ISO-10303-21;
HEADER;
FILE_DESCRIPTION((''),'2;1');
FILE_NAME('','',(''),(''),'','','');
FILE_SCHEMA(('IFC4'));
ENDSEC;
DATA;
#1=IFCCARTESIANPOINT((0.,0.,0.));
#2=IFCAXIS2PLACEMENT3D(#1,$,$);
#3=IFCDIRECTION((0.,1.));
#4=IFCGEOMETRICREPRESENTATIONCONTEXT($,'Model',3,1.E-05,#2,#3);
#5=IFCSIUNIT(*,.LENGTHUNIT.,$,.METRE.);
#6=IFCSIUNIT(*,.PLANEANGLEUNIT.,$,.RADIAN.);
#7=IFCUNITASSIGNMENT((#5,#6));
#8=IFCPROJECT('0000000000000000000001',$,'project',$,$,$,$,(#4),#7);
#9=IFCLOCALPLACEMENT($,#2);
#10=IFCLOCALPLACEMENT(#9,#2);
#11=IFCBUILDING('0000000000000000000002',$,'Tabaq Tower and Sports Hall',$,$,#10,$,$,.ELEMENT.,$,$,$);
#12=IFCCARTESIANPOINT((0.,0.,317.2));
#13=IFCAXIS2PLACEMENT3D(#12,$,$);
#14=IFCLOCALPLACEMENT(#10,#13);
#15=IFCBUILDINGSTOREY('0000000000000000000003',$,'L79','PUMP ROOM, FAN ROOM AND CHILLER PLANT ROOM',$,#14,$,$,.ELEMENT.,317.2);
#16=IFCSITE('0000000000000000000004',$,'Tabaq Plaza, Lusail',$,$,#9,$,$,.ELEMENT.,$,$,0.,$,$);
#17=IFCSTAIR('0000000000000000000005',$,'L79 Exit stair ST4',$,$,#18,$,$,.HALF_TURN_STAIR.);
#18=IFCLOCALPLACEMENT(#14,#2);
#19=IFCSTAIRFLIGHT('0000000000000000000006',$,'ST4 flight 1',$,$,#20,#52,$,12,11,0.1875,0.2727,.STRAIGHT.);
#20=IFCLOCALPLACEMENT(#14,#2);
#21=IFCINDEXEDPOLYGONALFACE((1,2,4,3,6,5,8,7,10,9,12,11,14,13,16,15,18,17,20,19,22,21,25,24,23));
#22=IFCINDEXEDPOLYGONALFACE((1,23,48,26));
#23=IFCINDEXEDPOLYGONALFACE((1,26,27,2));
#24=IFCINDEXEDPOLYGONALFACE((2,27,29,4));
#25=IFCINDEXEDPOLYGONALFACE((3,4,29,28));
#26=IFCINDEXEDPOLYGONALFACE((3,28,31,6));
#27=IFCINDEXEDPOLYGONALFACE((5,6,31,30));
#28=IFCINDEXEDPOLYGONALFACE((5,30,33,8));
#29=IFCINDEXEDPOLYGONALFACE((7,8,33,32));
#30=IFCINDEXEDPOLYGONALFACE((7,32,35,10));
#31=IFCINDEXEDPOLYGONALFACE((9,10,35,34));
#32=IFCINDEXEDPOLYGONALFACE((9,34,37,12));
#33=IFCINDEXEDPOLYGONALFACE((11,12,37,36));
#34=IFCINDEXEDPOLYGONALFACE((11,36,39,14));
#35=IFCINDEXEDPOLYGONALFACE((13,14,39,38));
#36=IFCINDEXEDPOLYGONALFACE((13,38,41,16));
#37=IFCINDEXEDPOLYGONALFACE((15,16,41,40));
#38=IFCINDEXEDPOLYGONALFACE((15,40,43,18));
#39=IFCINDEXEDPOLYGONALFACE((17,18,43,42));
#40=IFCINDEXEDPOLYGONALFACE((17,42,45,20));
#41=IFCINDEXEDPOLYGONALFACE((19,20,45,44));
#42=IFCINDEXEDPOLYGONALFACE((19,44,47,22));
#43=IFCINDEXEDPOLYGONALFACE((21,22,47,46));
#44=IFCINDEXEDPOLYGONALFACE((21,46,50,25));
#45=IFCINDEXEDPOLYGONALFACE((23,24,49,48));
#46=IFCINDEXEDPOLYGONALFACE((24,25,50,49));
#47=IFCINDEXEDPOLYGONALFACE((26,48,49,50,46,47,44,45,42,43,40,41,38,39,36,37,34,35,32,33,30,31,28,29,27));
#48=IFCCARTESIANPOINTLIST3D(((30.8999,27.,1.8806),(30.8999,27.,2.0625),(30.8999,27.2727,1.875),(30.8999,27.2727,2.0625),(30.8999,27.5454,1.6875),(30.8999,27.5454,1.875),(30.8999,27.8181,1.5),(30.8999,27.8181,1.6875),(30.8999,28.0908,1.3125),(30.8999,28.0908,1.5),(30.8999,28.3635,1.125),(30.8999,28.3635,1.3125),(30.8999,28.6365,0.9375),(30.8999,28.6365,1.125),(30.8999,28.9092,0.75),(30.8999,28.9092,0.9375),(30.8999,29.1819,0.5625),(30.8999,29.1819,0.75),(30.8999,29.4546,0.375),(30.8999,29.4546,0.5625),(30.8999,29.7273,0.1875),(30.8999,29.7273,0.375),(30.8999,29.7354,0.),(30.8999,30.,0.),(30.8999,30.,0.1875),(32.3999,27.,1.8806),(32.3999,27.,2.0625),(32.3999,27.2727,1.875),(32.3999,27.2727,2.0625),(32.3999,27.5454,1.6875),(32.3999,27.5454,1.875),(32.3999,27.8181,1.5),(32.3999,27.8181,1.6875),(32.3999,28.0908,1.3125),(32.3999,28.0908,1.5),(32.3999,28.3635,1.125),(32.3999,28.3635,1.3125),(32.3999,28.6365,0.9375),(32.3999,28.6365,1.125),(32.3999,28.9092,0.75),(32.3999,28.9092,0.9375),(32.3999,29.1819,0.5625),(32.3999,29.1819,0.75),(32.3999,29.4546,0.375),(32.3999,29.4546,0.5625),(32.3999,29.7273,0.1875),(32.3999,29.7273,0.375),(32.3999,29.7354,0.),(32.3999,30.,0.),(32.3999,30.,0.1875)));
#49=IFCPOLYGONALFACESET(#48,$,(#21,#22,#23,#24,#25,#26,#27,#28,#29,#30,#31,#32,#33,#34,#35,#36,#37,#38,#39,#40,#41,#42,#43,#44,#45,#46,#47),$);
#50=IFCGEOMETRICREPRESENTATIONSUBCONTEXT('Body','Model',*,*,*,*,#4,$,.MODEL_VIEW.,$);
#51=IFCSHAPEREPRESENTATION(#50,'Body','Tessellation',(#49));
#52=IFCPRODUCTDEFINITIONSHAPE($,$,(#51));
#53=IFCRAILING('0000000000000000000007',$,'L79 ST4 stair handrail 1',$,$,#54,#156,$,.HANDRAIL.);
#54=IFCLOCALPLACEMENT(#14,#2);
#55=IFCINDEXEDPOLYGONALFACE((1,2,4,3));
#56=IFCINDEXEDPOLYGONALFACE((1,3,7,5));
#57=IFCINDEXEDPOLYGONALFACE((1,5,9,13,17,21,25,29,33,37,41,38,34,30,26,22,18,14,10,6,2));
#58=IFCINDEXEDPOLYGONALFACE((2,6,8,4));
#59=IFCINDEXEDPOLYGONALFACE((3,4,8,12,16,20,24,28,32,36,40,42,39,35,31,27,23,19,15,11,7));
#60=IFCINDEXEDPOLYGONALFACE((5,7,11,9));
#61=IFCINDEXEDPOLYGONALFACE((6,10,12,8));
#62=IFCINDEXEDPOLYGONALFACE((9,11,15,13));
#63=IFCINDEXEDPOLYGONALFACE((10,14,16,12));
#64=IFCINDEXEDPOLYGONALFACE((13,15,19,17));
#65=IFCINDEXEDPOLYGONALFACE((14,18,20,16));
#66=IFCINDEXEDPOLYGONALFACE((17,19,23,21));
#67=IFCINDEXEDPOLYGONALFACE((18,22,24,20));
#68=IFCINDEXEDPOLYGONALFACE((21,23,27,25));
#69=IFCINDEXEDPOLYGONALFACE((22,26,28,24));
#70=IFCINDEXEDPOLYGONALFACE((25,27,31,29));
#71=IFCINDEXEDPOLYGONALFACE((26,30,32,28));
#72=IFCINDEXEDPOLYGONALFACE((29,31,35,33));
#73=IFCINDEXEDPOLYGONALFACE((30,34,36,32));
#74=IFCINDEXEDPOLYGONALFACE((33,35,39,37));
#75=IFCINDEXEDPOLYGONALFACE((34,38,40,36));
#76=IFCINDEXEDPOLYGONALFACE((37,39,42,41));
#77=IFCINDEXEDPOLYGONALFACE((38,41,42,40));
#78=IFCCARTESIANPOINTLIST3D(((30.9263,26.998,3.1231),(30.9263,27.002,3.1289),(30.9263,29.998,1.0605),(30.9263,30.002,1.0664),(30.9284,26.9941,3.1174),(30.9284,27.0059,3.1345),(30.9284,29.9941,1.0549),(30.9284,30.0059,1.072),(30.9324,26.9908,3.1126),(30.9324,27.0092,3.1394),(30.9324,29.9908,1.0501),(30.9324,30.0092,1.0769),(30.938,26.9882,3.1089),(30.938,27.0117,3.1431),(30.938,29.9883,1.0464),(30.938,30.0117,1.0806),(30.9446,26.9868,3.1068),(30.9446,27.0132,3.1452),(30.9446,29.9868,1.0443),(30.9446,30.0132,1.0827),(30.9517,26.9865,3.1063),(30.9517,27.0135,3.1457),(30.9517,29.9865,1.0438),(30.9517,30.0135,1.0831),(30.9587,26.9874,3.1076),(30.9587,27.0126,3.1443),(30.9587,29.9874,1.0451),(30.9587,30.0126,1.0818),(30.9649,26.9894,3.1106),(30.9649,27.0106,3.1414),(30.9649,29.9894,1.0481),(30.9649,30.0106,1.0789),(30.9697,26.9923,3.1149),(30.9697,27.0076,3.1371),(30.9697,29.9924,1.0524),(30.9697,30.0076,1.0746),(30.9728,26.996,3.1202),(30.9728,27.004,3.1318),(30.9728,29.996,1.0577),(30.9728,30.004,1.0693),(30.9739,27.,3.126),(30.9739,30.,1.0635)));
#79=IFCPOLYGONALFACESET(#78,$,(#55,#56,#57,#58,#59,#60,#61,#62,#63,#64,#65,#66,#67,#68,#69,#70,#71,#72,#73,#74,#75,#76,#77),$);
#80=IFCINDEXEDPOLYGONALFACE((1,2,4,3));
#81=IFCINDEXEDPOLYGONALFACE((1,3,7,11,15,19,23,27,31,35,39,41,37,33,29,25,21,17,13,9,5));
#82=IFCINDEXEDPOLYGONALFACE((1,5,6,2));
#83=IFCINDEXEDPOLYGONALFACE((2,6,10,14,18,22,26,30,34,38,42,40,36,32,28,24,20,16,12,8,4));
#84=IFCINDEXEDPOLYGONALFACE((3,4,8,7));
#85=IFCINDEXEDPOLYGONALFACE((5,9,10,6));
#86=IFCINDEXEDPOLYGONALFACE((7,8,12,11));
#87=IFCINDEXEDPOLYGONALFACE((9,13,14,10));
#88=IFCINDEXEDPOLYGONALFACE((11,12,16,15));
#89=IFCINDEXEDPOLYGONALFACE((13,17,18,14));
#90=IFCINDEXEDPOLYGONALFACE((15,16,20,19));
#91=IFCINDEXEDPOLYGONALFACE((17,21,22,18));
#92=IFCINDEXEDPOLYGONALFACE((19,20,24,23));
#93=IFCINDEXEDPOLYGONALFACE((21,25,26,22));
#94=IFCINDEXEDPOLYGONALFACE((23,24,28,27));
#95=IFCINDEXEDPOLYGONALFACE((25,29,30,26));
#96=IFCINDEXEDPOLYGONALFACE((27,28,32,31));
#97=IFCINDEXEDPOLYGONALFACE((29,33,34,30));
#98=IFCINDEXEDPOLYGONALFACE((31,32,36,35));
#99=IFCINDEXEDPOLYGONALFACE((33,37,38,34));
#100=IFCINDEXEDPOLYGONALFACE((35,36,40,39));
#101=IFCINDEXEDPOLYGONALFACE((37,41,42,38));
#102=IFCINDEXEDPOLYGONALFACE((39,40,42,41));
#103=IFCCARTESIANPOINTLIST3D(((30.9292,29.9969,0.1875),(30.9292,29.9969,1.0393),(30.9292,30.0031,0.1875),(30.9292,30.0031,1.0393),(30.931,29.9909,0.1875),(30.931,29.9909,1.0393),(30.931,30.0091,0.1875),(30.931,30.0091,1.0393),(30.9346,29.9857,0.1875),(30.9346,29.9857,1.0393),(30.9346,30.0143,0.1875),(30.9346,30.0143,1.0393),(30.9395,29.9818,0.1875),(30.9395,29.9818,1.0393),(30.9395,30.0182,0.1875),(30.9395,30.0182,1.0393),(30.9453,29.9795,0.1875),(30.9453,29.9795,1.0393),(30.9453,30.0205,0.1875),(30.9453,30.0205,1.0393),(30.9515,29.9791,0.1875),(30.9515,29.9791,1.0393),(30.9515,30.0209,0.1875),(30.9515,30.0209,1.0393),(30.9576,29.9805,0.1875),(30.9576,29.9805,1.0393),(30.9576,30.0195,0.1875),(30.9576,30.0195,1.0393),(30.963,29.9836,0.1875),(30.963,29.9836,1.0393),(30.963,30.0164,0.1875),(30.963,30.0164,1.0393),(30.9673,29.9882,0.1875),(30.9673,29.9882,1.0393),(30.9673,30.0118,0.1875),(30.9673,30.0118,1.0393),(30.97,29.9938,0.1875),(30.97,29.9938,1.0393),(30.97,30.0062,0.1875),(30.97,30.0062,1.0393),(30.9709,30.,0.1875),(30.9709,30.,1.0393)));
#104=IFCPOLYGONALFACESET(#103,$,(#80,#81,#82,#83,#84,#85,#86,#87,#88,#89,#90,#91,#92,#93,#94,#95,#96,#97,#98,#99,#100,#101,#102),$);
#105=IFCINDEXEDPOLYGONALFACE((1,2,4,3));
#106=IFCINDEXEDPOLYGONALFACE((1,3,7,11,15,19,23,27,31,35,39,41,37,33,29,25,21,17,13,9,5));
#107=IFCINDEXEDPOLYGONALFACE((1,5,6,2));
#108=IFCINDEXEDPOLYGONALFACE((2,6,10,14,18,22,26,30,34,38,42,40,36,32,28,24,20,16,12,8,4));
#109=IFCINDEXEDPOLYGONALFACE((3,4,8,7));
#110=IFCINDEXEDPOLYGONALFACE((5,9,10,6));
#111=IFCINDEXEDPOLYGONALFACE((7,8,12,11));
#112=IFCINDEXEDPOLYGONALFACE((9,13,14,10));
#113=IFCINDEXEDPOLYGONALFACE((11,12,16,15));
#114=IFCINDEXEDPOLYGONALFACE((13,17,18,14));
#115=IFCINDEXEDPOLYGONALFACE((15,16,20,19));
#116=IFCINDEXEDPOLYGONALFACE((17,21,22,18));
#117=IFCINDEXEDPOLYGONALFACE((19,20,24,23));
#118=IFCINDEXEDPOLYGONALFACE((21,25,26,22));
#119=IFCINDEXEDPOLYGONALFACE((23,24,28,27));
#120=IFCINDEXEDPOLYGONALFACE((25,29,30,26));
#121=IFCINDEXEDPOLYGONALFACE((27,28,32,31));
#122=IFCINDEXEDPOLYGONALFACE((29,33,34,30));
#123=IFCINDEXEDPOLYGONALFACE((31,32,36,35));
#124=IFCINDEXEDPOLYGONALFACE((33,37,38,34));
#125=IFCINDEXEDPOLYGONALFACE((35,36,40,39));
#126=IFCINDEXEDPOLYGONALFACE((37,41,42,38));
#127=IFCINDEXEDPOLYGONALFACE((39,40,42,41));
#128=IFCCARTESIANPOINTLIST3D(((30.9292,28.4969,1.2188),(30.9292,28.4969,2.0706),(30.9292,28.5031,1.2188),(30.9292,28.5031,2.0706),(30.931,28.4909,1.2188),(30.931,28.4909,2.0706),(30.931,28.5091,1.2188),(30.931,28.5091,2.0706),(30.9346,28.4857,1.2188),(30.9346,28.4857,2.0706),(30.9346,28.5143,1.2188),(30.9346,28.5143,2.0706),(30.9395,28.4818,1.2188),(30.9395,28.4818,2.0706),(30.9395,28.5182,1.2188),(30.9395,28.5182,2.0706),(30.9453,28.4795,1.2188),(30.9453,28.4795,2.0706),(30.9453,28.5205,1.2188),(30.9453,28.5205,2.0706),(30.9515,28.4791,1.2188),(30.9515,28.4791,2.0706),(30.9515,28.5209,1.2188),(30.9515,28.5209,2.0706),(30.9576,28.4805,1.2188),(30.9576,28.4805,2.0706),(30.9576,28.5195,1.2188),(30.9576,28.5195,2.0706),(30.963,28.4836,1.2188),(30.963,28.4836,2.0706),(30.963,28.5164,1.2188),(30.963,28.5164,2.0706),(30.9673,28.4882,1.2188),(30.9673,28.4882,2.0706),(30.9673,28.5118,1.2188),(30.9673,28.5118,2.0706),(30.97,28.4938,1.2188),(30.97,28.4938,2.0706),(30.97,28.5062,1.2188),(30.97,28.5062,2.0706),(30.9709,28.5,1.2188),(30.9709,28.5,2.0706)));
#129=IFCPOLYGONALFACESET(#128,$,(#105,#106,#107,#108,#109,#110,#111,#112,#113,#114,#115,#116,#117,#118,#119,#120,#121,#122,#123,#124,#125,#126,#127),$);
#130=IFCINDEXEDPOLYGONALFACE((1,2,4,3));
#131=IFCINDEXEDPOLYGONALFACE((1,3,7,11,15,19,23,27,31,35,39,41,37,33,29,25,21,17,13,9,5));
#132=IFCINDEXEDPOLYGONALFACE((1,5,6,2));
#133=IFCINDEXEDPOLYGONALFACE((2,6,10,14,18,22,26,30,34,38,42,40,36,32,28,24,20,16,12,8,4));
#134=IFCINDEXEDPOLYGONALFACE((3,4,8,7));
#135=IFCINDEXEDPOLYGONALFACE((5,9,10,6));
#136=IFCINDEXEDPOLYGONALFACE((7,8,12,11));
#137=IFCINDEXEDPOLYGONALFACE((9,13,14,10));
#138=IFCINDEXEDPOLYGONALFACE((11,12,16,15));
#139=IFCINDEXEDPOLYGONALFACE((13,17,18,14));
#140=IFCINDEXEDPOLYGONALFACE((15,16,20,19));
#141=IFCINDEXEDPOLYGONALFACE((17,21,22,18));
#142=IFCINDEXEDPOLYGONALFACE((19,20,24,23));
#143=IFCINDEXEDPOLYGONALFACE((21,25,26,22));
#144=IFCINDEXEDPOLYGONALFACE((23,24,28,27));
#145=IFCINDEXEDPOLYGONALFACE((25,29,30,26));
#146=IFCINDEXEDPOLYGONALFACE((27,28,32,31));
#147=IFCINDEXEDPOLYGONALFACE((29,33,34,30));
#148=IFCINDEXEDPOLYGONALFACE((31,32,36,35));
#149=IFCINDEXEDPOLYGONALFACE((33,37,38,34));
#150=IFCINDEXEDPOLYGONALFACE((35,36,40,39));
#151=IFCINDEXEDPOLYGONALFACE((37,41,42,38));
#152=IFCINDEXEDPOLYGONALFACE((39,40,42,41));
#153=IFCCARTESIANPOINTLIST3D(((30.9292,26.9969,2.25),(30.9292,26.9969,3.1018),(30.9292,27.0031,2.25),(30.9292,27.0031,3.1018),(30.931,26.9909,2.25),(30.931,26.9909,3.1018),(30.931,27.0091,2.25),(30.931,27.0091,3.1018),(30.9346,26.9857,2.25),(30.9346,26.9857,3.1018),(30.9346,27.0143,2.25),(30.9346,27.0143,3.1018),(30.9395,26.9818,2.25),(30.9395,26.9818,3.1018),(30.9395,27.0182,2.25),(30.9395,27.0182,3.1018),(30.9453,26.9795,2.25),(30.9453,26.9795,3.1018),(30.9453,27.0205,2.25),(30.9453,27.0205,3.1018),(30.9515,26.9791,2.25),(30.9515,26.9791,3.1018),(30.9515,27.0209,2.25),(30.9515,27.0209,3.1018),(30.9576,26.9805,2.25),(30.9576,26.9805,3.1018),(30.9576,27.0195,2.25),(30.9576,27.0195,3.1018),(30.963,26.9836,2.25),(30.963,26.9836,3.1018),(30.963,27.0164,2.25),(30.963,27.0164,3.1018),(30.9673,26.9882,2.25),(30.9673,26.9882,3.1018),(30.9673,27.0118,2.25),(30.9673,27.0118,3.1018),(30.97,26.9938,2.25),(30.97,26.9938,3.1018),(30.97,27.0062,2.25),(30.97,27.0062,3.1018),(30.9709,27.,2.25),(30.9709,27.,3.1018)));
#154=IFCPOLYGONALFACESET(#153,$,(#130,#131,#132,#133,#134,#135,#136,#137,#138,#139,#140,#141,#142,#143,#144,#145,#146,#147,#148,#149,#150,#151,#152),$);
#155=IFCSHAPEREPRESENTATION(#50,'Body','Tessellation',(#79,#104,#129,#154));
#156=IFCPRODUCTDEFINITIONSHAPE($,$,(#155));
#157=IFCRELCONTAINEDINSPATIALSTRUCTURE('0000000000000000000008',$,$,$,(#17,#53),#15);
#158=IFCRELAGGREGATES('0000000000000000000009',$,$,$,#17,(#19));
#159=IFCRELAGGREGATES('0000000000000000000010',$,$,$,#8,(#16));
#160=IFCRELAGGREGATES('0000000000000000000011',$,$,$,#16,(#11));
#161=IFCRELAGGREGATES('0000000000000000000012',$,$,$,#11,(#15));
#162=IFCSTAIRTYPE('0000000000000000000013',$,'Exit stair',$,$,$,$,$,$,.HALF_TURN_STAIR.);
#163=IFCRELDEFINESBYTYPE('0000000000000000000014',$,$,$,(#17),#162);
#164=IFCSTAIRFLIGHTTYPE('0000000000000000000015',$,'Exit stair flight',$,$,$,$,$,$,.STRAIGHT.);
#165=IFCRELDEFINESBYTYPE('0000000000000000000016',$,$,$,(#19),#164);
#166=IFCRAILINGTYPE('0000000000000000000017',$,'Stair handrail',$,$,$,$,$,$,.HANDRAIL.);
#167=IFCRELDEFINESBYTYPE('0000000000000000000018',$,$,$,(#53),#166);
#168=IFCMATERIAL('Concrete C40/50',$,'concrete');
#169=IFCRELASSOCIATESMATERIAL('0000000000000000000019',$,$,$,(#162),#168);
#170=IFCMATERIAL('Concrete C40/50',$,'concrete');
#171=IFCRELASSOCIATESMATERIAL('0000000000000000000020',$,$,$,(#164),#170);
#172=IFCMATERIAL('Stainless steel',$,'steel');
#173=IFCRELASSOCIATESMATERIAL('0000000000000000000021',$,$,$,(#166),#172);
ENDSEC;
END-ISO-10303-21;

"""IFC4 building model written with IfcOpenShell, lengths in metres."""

from ifc_helpers import new_model, si_unit, direction, frame, origin, origin_2d, place, context, subcontext, project, spatial, polyline, circle, outline, extrude, material, type_object, element, aggregate, save


model = new_model("IFC4")

# Units and contexts
model_context = context("Model", 3, precision=1e-05, world=origin(), true_north=direction((0.0, 1.0)))
body_context = subcontext(model_context, "Body", "Model", "MODEL_VIEW")
ifc_project = project(units=[si_unit("LENGTHUNIT", "METRE"), si_unit("PLANEANGLEUNIT", "RADIAN")], contexts=[model_context])

# Site, building, storey
site_placement = place(None, origin())
site = spatial("IfcSite", under=ifc_project, at=site_placement, Name="Tabaq Plaza, Lusail", CompositionType="ELEMENT", RefElevation=0.0)
building_placement = place(site_placement, origin())
building = spatial("IfcBuilding", under=site, at=building_placement, Name="Tabaq Tower and Sports Hall", CompositionType="ELEMENT")
storey_placement = place(building_placement, frame((0.0, 0.0, 317.2)))
storey = spatial("IfcBuildingStorey", under=building, at=storey_placement, Name="L79", Description="PUMP ROOM, FAN ROOM AND CHILLER PLANT ROOM", CompositionType="ELEMENT", Elevation=317.2)

# Stair, stair flight
ifc_material_1 = material(Name="Concrete C40/50", Category="concrete")
stair_type = type_object("IfcStairType", Name="Exit stair", PredefinedType="HALF_TURN_STAIR", material=ifc_material_1)
stair_placement = place(storey_placement, origin())
stair = element("IfcStair", 1, at=stair_placement, inside=storey, type_object=stair_type, Name="L79 Exit stair ST4", PredefinedType="HALF_TURN_STAIR")
ifc_material_2 = material(Name="Concrete C40/50", Category="concrete")
stair_flight_type = type_object("IfcStairFlightType", Name="Exit stair flight", PredefinedType="STRAIGHT", material=ifc_material_2)
stair_flight_placement = place(storey_placement, frame((31.6499, 30.0, 0.0), z_axis=(0.0, 0.0, 1.0), x_axis=(0.0, -1.0, 0.0)))
stair_flight = element("IfcStairFlight", 2, at=stair_flight_placement, type_object=stair_flight_type, Name="ST4 flight 1", NumberOfRisers=12, NumberOfTreads=11, PredefinedType="STRAIGHT", RiserHeight=0.1875, TreadLength=0.2727, context=body_context, shape_type="SweptSolid", body=[
    extrude(outline(polyline([(0.0, 0.0), (0.0, 0.1875), (0.2727, 0.1875), (0.2727, 0.375), (0.5454, 0.375), (0.5454, 0.5625), (0.8181, 0.5625), (0.8181, 0.75), (1.0908, 0.75), (1.0908, 0.9375), (1.3635, 0.9375), (1.3635, 1.125), (1.6365, 1.125), (1.6365, 1.3125), (1.9092, 1.3125), (1.9092, 1.5), (2.1819, 1.5), (2.1819, 1.6875), (2.4546, 1.6875), (2.4546, 1.875), (2.7273, 1.875), (2.7273, 2.0625), (3.0, 2.0625), (3.0, 2.25), (3.0, 1.8806), (0.2646, 0.0), (0.0, 0.0)])), frame((0.0, 0.75, 0.0), z_axis=(0.0, -1.0, 0.0), x_axis=(1.0, 0.0, 0.0)), (0.0, 0.0, 1.0), 1.5),
])
aggregate(stair, [stair_flight])

# Railing
ifc_material_3 = material(Name="Stainless steel", Category="steel")
railing_type_1 = type_object("IfcRailingType", Name="Stair handrail", PredefinedType="HANDRAIL", material=ifc_material_3)
railing_1_placement = place(storey_placement, frame((30.95, 30.0, 0.1875)))
element("IfcRailing", 3, at=railing_1_placement, inside=storey, type_object=railing_type_1, Name="L79 ST4 stair handrail 1", PredefinedType="HANDRAIL", context=body_context, shape_type="SweptSolid", body=[
    extrude(circle(Radius=0.0239, at=origin_2d()), frame((0.0, 0.0, 0.876), z_axis=(0.0, -0.824042, 0.566529), x_axis=(1.0, 0.0, 0.0)), (0.0, 0.0, 1.0), 3.6406),
    extrude(circle(Radius=0.021, at=origin_2d()), origin(), (0.0, 0.0, 1.0), 0.8518),
    extrude(circle(Radius=0.021, at=origin_2d()), frame((0.0, -1.5, 1.0312)), (0.0, 0.0, 1.0), 0.8518),
    extrude(circle(Radius=0.021, at=origin_2d()), frame((0.0, -3.0, 2.0625)), (0.0, 0.0, 1.0), 0.8518),
])

save(model, "model.ifc")
